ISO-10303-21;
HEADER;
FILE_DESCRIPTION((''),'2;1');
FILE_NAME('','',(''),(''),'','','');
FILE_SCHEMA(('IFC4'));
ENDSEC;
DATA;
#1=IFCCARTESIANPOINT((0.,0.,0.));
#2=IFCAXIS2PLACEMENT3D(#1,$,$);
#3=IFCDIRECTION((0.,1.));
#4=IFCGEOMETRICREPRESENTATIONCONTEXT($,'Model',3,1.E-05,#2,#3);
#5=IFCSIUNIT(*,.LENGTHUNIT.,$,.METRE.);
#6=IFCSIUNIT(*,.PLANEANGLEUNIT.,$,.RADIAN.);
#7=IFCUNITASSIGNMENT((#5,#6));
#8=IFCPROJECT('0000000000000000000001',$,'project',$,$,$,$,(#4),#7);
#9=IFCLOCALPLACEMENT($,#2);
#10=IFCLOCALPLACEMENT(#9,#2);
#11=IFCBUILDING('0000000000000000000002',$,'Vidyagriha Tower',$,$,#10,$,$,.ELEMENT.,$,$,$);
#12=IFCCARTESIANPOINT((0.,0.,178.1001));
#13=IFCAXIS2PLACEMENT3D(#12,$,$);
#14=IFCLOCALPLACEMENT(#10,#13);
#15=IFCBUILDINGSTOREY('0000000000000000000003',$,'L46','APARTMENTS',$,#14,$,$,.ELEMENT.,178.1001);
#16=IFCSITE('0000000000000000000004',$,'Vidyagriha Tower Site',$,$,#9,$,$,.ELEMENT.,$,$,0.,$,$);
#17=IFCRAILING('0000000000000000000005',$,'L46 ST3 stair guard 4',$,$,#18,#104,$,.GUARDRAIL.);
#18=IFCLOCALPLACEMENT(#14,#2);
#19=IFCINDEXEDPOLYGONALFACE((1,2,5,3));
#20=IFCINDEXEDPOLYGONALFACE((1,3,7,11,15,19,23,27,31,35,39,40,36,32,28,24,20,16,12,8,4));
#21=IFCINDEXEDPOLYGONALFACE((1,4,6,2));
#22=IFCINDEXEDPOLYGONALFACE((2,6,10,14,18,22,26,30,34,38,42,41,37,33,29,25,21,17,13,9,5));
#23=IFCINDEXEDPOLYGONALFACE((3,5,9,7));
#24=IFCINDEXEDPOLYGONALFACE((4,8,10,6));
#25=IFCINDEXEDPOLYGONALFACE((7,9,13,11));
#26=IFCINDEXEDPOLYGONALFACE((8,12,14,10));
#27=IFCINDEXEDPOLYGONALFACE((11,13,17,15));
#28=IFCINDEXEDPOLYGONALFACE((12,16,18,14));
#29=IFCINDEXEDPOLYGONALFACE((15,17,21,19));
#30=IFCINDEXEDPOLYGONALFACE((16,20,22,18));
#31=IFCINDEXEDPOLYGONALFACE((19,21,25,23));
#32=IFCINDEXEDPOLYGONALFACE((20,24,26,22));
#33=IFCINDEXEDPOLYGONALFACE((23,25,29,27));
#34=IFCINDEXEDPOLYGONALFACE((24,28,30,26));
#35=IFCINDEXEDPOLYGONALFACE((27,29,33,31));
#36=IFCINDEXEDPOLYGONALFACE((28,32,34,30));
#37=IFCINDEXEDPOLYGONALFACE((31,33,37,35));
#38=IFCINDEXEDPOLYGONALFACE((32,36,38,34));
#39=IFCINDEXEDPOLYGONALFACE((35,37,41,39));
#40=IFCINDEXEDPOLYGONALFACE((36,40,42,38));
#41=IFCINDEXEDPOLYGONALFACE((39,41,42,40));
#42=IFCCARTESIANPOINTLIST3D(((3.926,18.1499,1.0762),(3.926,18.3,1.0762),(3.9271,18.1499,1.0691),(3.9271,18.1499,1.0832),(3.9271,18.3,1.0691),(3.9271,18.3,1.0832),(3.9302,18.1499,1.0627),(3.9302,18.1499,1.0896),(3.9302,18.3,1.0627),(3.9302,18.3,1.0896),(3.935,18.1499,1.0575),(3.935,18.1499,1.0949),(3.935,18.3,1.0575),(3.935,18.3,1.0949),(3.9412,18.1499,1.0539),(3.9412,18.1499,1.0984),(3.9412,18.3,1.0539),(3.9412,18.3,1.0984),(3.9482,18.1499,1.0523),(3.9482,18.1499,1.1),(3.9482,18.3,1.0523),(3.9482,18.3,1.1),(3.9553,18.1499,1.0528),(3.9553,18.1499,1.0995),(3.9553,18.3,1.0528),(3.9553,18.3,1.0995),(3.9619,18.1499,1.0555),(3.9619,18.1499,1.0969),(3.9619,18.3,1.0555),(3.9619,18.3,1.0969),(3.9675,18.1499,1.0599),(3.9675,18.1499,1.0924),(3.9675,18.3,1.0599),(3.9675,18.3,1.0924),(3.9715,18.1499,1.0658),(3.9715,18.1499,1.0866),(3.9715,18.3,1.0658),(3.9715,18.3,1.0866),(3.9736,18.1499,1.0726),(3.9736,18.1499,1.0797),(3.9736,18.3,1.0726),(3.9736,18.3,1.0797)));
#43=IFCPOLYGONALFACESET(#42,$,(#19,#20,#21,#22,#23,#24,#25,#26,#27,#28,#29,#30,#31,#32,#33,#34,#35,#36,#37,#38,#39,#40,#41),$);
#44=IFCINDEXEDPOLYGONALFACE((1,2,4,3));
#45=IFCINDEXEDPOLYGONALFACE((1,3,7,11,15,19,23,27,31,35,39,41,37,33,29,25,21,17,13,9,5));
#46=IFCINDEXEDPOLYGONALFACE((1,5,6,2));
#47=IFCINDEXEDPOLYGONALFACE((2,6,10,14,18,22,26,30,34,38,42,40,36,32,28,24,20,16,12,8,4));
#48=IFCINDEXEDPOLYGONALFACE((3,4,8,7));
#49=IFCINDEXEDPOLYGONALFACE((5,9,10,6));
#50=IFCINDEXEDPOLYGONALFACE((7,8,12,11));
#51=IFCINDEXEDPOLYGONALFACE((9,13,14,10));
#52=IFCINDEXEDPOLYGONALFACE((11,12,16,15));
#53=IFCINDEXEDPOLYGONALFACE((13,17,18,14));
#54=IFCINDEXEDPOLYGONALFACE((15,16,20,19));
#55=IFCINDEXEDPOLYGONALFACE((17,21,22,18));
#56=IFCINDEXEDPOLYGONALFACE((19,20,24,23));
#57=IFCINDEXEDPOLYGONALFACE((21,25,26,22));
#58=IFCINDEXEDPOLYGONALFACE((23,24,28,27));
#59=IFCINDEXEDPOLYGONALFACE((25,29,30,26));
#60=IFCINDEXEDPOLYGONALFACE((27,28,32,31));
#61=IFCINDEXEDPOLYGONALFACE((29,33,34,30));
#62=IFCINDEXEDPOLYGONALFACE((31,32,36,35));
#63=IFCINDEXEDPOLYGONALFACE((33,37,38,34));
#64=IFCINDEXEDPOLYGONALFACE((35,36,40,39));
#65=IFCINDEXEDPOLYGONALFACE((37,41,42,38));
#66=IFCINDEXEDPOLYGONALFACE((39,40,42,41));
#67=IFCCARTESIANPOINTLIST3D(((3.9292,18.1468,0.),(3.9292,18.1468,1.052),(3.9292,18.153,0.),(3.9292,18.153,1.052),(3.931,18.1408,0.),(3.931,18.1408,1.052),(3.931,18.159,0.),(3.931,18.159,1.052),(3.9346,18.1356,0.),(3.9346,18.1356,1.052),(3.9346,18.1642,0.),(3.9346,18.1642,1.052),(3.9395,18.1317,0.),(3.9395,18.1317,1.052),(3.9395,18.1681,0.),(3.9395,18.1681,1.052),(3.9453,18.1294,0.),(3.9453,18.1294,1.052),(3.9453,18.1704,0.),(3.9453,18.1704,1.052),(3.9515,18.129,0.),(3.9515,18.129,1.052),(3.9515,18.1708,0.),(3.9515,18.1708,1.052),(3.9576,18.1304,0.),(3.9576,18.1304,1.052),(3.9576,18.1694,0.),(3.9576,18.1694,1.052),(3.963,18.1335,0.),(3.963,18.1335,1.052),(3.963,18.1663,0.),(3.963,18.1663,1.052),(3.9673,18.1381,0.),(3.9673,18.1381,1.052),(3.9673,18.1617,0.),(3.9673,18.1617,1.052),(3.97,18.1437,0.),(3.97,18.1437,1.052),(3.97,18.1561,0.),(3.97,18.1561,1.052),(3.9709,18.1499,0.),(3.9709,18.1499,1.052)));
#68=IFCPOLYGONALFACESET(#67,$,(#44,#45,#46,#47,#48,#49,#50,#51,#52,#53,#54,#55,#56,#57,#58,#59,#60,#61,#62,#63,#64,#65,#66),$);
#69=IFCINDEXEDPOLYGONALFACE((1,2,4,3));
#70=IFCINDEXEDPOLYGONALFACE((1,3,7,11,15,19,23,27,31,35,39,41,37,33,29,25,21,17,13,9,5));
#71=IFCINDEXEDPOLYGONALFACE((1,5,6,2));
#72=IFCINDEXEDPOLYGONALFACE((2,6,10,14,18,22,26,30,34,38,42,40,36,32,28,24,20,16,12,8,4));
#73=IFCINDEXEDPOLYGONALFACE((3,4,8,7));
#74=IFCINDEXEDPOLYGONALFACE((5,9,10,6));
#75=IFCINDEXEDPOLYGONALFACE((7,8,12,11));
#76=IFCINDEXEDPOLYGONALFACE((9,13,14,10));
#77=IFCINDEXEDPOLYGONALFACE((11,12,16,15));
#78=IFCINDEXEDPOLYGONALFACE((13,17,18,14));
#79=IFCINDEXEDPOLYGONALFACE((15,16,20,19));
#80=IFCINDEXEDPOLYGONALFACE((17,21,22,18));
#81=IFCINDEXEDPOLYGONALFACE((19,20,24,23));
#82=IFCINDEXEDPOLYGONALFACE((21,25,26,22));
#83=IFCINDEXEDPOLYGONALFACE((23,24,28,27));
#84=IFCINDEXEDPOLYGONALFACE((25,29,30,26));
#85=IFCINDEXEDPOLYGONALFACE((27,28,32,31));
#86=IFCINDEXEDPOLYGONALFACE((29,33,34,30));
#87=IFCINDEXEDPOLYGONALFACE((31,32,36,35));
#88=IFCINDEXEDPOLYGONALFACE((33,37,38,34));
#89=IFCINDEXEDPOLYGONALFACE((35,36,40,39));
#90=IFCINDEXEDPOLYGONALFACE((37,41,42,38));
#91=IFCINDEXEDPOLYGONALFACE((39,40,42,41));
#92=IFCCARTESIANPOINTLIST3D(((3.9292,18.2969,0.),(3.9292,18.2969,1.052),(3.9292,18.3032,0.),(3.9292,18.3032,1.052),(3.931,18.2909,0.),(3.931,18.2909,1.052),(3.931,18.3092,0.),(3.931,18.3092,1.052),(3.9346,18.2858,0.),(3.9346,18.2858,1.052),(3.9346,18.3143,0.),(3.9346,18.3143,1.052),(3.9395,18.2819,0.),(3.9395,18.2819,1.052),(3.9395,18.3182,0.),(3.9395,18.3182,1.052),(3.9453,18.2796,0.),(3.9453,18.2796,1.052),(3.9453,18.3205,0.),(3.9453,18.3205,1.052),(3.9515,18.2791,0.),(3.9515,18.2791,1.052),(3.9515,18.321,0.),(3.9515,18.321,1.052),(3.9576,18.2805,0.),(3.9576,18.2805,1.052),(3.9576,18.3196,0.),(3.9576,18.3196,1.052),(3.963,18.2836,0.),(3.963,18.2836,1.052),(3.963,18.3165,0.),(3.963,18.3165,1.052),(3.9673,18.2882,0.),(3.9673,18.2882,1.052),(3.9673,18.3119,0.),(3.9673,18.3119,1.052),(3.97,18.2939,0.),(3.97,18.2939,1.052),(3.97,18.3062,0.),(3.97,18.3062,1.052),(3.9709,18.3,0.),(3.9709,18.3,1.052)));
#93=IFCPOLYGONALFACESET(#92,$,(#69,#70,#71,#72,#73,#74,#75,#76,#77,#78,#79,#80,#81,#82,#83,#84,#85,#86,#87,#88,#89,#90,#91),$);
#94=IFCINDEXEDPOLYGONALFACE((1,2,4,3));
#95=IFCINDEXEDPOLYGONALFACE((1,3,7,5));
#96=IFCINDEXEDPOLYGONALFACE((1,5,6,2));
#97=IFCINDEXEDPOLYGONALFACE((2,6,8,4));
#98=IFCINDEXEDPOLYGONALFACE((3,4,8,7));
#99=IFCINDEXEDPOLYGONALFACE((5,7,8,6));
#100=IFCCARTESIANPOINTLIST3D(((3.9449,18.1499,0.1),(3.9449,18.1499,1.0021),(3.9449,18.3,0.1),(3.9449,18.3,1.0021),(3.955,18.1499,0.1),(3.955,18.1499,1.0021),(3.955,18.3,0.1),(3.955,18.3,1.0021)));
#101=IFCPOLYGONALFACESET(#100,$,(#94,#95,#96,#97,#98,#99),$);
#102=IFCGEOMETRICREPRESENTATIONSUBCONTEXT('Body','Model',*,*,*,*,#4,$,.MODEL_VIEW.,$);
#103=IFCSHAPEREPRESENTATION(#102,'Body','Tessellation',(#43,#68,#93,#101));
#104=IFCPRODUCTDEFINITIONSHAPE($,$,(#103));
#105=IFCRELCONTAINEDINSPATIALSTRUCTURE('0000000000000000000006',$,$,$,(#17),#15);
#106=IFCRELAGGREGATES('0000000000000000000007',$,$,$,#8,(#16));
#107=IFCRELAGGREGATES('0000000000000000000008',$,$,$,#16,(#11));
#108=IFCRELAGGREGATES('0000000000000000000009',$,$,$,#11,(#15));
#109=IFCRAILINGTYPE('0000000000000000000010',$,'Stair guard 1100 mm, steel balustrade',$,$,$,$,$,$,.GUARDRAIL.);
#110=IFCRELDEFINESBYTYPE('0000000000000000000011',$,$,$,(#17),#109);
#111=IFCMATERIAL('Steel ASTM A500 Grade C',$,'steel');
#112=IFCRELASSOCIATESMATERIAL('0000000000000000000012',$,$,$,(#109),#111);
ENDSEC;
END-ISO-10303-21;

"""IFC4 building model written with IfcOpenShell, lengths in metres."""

from ifc_helpers import new_model, si_unit, direction, frame, origin, origin_2d, place, context, subcontext, project, spatial, rectangle, circle, extrude, material, type_object, element, save


model = new_model("IFC4")

# Units and contexts
model_context = context("Model", 3, precision=1e-05, world=origin(), true_north=direction((0.0, 1.0)))
body_context = subcontext(model_context, "Body", "Model", "MODEL_VIEW")
ifc_project = project(units=[si_unit("LENGTHUNIT", "METRE"), si_unit("PLANEANGLEUNIT", "RADIAN")], contexts=[model_context])

# Site, building, storey
site_placement = place(None, origin())
site = spatial("IfcSite", under=ifc_project, at=site_placement, Name="Vidyagriha Tower Site", CompositionType="ELEMENT", RefElevation=0.0)
building_placement = place(site_placement, origin())
building = spatial("IfcBuilding", under=site, at=building_placement, Name="Vidyagriha Tower", CompositionType="ELEMENT")
storey_placement = place(building_placement, frame((0.0, 0.0, 178.1001)))
storey = spatial("IfcBuildingStorey", under=building, at=storey_placement, Name="L46", Description="APARTMENTS", CompositionType="ELEMENT", Elevation=178.1001)

# Railing
ifc_material_1 = material(Name="Steel ASTM A500 Grade C", Category="steel")
railing_type_1 = type_object("IfcRailingType", Name="Stair guard 1100 mm, steel balustrade", PredefinedType="GUARDRAIL", material=ifc_material_1)
railing_1_placement = place(storey_placement, frame((3.95, 18.1499, 0.0)))
element("IfcRailing", 1, at=railing_1_placement, inside=storey, type_object=railing_type_1, Name="L46 ST3 stair guard 4", PredefinedType="GUARDRAIL", context=body_context, shape_type="SweptSolid", body=[
    extrude(circle(Radius=0.0239, at=origin_2d()), frame((0.0, 0.0, 1.0762), z_axis=(0.0, 1.0, 0.0), x_axis=(-1.0, 0.0, 0.0)), (0.0, 0.0, 1.0), 0.1501),
    extrude(circle(Radius=0.021, at=origin_2d()), origin(), (0.0, 0.0, 1.0), 1.052),
    extrude(circle(Radius=0.021, at=origin_2d()), frame((0.0, 0.1501, 0.0)), (0.0, 0.0, 1.0), 1.052),
    extrude(rectangle(XDim=0.01, YDim=0.9021, at=origin_2d()), frame((0.0, 0.0, 0.551), z_axis=(0.0, 1.0, 0.0), x_axis=(-1.0, 0.0, 0.0)), (0.0, 0.0, 1.0), 0.1501),
])

save(model, "model.ifc")
